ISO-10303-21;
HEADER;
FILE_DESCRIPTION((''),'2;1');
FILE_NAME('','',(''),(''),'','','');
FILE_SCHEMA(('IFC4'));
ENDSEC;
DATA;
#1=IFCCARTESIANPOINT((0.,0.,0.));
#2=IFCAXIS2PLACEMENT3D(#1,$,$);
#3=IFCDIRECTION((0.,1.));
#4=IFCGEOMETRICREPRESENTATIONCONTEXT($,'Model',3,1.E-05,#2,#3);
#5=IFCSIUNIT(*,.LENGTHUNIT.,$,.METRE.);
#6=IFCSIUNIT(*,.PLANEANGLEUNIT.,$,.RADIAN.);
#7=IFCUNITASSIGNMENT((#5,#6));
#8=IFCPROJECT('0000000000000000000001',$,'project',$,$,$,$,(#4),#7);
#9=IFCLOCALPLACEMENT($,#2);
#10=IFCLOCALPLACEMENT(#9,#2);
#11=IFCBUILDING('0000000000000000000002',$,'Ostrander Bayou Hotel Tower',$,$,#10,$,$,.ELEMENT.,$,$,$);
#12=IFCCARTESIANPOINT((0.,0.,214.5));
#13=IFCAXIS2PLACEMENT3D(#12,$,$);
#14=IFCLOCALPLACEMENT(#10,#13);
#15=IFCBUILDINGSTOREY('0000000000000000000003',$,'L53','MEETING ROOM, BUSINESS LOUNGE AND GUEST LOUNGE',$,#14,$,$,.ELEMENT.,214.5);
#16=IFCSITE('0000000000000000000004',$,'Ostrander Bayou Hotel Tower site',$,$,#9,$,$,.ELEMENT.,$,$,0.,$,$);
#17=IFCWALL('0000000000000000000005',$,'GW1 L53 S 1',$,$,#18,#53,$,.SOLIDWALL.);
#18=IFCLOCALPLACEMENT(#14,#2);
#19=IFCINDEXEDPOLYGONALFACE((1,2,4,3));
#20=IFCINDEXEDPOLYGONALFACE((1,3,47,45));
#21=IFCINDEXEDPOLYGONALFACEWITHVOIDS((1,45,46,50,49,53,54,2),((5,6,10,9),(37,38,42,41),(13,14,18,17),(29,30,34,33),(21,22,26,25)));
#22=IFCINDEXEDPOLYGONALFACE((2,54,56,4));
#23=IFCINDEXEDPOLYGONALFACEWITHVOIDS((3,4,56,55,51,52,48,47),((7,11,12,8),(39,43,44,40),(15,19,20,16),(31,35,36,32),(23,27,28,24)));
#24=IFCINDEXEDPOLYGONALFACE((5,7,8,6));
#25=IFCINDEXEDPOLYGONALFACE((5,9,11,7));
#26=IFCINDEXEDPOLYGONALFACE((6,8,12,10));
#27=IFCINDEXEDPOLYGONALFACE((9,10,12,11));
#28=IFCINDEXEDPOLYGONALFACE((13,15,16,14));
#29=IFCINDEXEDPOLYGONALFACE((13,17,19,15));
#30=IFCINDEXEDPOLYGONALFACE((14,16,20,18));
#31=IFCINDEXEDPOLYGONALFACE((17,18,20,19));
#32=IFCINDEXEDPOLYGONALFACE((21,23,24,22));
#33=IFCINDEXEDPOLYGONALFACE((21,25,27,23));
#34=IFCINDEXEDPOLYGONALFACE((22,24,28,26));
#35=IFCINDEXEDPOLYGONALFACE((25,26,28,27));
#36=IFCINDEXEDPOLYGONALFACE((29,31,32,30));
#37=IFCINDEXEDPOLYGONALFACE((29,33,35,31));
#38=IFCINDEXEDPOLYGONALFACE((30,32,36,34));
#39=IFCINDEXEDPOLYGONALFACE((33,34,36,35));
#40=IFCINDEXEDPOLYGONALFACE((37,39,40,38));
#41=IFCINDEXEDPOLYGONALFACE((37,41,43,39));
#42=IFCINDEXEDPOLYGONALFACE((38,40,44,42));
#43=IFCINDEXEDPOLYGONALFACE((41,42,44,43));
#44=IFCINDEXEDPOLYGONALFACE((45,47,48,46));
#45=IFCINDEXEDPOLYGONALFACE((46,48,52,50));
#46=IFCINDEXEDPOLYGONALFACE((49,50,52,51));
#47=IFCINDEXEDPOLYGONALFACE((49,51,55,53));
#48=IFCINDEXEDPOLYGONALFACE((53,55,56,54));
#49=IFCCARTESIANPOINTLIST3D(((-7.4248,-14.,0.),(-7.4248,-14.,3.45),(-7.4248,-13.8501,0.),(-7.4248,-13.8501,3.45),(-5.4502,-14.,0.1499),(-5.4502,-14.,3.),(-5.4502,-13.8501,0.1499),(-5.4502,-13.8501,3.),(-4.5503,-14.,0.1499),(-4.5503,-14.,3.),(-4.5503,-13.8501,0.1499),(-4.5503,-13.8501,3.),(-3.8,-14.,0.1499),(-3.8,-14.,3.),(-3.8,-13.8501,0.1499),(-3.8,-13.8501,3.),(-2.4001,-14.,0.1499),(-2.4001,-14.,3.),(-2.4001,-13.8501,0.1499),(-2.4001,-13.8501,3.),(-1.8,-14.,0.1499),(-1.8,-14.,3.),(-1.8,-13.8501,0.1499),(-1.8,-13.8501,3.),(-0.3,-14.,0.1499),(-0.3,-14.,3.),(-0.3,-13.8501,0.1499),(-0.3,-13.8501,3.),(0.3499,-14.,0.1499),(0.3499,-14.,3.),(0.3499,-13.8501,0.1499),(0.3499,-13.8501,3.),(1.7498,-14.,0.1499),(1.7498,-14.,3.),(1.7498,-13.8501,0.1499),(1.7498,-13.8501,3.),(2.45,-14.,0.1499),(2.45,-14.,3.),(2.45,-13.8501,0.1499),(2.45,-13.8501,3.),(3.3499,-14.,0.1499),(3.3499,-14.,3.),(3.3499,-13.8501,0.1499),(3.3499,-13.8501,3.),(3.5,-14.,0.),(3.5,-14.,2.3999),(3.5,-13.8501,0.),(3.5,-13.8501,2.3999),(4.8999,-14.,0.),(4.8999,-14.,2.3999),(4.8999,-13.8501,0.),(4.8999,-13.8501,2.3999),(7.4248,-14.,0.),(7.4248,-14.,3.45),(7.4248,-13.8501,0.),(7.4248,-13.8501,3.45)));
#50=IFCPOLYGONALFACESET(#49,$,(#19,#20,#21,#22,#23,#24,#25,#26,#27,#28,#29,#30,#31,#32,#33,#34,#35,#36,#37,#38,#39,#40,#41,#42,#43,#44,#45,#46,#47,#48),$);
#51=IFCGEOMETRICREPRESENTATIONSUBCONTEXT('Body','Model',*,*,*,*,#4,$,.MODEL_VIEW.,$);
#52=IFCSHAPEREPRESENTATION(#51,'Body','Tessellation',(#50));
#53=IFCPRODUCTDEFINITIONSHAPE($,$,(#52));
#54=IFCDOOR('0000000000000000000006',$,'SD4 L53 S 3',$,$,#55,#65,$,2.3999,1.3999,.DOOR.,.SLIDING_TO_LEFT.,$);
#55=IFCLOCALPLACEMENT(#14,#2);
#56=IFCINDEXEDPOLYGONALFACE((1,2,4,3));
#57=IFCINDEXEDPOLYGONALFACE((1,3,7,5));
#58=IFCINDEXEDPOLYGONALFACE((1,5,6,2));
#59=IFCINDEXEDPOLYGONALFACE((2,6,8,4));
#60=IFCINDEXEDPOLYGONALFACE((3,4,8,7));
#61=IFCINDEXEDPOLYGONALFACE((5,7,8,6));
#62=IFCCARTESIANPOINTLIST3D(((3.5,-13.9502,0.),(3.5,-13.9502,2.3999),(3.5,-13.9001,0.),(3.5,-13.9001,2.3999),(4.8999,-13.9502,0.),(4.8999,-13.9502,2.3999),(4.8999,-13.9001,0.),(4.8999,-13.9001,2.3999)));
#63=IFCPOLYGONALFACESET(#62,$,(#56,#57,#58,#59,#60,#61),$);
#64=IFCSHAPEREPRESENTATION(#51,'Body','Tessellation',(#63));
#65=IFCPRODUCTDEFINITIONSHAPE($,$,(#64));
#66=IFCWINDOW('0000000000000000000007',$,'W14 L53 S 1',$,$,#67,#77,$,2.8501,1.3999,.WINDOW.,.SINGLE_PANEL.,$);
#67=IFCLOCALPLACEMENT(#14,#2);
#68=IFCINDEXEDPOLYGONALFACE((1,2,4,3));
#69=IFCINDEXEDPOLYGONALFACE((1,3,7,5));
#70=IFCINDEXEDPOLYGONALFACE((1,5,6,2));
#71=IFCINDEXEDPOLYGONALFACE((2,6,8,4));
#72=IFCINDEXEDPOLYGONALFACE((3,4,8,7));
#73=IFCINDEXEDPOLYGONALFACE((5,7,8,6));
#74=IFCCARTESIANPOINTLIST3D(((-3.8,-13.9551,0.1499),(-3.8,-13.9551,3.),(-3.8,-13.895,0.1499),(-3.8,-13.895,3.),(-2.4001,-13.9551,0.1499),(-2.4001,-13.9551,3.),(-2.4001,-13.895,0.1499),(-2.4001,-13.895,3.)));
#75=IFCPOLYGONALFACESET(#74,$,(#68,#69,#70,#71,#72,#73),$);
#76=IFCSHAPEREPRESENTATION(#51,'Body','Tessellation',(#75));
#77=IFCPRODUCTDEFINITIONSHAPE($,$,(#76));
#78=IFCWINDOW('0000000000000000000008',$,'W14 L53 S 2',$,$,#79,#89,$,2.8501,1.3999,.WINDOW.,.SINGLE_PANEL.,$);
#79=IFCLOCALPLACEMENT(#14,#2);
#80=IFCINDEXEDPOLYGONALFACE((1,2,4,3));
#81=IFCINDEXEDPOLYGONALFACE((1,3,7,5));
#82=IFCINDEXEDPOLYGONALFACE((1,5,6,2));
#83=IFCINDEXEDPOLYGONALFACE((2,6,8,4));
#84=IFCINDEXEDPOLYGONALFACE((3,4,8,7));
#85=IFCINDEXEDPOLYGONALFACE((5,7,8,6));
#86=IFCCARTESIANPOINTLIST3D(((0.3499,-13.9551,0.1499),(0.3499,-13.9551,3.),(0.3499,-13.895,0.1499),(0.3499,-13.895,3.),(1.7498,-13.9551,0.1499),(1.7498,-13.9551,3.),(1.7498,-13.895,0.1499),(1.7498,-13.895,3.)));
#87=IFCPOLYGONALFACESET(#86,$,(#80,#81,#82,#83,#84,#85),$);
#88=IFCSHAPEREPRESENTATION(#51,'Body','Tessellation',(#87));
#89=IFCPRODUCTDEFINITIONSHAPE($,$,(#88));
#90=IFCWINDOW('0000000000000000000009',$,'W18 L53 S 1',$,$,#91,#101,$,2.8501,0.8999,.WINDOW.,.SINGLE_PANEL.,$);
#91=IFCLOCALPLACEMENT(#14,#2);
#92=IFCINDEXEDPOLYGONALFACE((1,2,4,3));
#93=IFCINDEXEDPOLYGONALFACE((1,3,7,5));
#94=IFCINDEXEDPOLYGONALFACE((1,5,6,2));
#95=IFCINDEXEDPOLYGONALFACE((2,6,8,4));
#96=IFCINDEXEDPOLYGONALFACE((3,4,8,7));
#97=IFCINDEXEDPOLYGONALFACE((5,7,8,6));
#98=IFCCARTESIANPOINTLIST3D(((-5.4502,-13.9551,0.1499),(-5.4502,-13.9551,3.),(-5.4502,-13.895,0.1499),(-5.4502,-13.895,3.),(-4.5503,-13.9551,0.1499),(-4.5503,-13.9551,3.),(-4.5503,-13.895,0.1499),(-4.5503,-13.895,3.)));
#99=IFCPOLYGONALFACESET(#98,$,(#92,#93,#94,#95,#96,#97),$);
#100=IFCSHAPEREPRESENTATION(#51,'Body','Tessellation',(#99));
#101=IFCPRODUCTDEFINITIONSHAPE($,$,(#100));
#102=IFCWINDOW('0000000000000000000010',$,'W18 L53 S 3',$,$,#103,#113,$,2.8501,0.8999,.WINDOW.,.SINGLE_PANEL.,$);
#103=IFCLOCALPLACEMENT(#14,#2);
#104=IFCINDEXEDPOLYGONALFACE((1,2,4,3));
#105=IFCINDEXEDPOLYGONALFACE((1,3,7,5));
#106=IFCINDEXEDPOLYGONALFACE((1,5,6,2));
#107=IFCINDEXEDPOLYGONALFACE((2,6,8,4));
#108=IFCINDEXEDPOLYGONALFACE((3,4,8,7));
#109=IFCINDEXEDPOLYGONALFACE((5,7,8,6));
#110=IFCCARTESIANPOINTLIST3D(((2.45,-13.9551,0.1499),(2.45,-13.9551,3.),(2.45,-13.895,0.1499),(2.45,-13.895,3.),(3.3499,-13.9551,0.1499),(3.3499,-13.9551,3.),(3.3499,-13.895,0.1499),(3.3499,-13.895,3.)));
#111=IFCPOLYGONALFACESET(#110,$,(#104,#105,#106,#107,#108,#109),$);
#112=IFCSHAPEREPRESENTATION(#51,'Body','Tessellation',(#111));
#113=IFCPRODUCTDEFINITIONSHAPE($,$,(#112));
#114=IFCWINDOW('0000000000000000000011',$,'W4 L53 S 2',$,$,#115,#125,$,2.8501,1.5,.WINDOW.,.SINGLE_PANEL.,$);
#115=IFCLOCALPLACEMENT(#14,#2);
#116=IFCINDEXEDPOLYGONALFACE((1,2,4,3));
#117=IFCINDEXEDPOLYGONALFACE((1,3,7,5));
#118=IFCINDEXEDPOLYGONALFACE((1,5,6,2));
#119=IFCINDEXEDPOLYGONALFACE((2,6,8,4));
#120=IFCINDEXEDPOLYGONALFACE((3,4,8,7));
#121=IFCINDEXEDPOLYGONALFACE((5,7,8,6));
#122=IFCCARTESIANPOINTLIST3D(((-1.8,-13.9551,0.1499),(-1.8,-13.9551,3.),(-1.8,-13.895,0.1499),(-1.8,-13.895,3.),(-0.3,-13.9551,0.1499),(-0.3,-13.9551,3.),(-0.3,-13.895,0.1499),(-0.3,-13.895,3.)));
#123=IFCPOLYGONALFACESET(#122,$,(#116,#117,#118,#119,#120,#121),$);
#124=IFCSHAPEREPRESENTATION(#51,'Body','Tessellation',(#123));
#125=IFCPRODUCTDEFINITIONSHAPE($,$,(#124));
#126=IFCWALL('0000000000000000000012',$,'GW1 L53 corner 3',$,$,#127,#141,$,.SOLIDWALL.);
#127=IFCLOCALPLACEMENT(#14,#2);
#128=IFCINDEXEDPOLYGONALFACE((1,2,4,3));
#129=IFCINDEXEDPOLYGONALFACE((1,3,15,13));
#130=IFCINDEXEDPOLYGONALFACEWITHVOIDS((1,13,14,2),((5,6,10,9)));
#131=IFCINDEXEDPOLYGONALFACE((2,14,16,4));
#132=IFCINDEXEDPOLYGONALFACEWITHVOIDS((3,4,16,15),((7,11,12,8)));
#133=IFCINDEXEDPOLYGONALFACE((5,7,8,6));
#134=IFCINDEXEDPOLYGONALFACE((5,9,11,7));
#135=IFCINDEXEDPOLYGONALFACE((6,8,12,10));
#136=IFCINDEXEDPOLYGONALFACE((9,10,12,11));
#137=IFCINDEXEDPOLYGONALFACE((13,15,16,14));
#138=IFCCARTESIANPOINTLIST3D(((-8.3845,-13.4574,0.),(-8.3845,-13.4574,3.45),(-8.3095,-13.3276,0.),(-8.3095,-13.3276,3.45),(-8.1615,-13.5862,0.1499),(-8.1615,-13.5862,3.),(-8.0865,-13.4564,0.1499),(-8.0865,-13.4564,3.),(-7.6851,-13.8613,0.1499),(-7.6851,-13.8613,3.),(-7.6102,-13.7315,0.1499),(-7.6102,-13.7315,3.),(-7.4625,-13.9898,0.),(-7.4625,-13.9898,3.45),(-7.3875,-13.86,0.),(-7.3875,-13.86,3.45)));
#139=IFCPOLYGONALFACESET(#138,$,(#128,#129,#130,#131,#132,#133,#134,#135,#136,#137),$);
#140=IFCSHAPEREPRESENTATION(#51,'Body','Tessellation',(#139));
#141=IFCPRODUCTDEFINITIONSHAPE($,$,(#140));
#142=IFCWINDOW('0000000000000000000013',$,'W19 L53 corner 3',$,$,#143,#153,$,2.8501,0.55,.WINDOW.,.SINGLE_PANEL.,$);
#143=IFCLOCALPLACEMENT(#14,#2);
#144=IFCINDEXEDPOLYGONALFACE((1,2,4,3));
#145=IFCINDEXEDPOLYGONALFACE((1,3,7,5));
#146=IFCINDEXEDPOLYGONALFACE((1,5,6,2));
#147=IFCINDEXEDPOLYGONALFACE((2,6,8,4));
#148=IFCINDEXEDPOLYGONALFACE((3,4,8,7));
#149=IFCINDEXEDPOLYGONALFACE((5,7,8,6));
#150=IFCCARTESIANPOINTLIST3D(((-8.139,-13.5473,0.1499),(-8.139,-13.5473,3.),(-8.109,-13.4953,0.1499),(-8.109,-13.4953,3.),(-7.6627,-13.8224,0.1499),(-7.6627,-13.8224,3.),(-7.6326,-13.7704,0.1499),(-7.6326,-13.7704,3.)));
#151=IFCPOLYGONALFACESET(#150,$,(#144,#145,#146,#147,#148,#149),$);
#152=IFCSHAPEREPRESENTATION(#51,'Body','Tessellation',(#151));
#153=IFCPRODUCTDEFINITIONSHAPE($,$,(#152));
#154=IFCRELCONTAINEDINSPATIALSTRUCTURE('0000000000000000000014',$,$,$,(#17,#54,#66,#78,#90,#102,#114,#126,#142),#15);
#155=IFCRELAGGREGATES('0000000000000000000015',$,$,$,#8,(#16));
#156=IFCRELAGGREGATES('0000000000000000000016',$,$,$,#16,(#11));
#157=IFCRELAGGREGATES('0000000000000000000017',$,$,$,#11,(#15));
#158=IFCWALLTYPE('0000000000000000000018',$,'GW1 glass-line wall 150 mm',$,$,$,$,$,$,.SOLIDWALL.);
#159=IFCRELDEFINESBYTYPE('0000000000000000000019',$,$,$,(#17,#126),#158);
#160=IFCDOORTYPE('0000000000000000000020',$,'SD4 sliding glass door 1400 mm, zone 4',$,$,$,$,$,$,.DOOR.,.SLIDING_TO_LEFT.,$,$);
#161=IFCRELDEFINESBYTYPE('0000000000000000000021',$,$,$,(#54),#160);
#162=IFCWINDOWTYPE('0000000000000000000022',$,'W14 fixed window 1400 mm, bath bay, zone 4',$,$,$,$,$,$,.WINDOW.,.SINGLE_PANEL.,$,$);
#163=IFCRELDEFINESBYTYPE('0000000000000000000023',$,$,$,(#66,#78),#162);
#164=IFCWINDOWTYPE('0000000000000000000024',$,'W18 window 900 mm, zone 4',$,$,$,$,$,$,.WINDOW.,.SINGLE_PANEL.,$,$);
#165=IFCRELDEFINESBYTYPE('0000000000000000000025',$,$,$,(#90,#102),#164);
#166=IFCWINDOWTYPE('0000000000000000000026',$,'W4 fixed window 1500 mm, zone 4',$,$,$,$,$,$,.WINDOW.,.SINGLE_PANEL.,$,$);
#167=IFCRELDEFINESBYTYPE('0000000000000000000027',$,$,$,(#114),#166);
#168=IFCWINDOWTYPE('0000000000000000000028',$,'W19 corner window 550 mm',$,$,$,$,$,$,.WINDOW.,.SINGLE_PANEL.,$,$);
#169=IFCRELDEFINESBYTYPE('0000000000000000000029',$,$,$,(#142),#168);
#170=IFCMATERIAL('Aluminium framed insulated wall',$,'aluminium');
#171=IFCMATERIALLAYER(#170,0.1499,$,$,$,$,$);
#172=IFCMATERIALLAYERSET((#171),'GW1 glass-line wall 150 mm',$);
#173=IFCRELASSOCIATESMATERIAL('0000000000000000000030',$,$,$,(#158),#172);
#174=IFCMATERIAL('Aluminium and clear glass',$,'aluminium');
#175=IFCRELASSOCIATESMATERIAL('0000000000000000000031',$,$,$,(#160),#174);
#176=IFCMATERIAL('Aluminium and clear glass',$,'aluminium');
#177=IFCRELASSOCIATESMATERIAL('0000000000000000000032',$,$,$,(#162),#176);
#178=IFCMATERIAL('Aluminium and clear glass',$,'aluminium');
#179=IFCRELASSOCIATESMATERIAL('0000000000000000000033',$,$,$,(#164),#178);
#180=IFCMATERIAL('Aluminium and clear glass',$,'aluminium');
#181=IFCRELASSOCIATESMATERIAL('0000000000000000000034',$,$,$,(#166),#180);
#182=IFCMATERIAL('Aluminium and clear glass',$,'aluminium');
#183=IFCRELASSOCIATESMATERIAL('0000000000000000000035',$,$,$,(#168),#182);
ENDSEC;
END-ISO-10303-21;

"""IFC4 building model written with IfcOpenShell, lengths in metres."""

from ifc_helpers import new_model, si_unit, direction, frame, frame_2d, origin, place, context, subcontext, project, spatial, rectangle, extrude, material, layer, layer_set, type_object, element, fill, save


model = new_model("IFC4")

# Units and contexts
model_context = context("Model", 3, precision=1e-05, world=origin(), true_north=direction((0.0, 1.0)))
body_context = subcontext(model_context, "Body", "Model", "MODEL_VIEW")
ifc_project = project(units=[si_unit("LENGTHUNIT", "METRE"), si_unit("PLANEANGLEUNIT", "RADIAN")], contexts=[model_context])

# Site, building, storey
site_placement = place(None, origin())
site = spatial("IfcSite", under=ifc_project, at=site_placement, Name="Ostrander Bayou Hotel Tower site", CompositionType="ELEMENT", RefElevation=0.0)
building_placement = place(site_placement, origin())
building = spatial("IfcBuilding", under=site, at=building_placement, Name="Ostrander Bayou Hotel Tower", CompositionType="ELEMENT")
storey_placement = place(building_placement, frame((0.0, 0.0, 214.5)))
storey = spatial("IfcBuildingStorey", under=building, at=storey_placement, Name="L53", Description="MEETING ROOM, BUSINESS LOUNGE AND GUEST LOUNGE", CompositionType="ELEMENT", Elevation=214.5)

# Wall, openings, door, windows
ifc_material_1 = material(Name="Aluminium framed insulated wall", Category="aluminium")
ifc_layer_1 = layer(ifc_material_1, 0.1499)
ifc_layer_set_1 = layer_set([ifc_layer_1], Name="GW1 glass-line wall 150 mm")
wall_type_1 = type_object("IfcWallType", Name="GW1 glass-line wall 150 mm", PredefinedType="SOLIDWALL", material=ifc_layer_set_1)
wall_1_placement = place(storey_placement, frame((-7.4248, -13.925, 0.0), z_axis=(0.0, 0.0, 1.0), x_axis=(1.0, 0.0, 0.0)))
wall_1 = element("IfcWall", 1, at=wall_1_placement, inside=storey, type_object=wall_type_1, Name="GW1 L53 S 1", PredefinedType="SOLIDWALL", context=body_context, shape_type="SweptSolid", body=[
    extrude(rectangle(XDim=14.8496, YDim=0.1499, at=frame_2d((7.4248, 0.0))), origin(), (0.0, 0.0, 1.0), 3.45),
])
opening_1_placement = place(wall_1_placement, frame((1.9746, 0.0, 0.1499)))
opening_1 = element("IfcOpeningElement", 2, at=opening_1_placement, cuts=wall_1, PredefinedType="OPENING", context=body_context, shape_type="SweptSolid", body=[
    extrude(rectangle(XDim=0.8999, YDim=2.8501, at=frame_2d((0.45, 1.425))), frame((0.0, 0.075, 0.0), z_axis=(0.0, -1.0, 0.0), x_axis=(1.0, 0.0, 0.0)), (0.0, 0.0, 1.0), 0.1499),
])
opening_2_placement = place(wall_1_placement, frame((3.6248, 0.0, 0.1499)))
opening_2 = element("IfcOpeningElement", 3, at=opening_2_placement, cuts=wall_1, PredefinedType="OPENING", context=body_context, shape_type="SweptSolid", body=[
    extrude(rectangle(XDim=1.3999, YDim=2.8501, at=frame_2d((0.7, 1.425))), frame((0.0, 0.075, 0.0), z_axis=(0.0, -1.0, 0.0), x_axis=(1.0, 0.0, 0.0)), (0.0, 0.0, 1.0), 0.1499),
])
opening_3_placement = place(wall_1_placement, frame((5.6248, 0.0, 0.1499)))
opening_3 = element("IfcOpeningElement", 4, at=opening_3_placement, cuts=wall_1, PredefinedType="OPENING", context=body_context, shape_type="SweptSolid", body=[
    extrude(rectangle(XDim=1.5, YDim=2.8501, at=frame_2d((0.75, 1.425))), frame((0.0, 0.075, 0.0), z_axis=(0.0, -1.0, 0.0), x_axis=(1.0, 0.0, 0.0)), (0.0, 0.0, 1.0), 0.1499),
])
opening_4_placement = place(wall_1_placement, frame((7.7747, 0.0, 0.1499)))
opening_4 = element("IfcOpeningElement", 5, at=opening_4_placement, cuts=wall_1, PredefinedType="OPENING", context=body_context, shape_type="SweptSolid", body=[
    extrude(rectangle(XDim=1.3999, YDim=2.8501, at=frame_2d((0.7, 1.425))), frame((0.0, 0.075, 0.0), z_axis=(0.0, -1.0, 0.0), x_axis=(1.0, 0.0, 0.0)), (0.0, 0.0, 1.0), 0.1499),
])
opening_5_placement = place(wall_1_placement, frame((9.8748, 0.0, 0.1499)))
opening_5 = element("IfcOpeningElement", 6, at=opening_5_placement, cuts=wall_1, PredefinedType="OPENING", context=body_context, shape_type="SweptSolid", body=[
    extrude(rectangle(XDim=0.8999, YDim=2.8501, at=frame_2d((0.45, 1.425))), frame((0.0, 0.075, 0.0), z_axis=(0.0, -1.0, 0.0), x_axis=(1.0, 0.0, 0.0)), (0.0, 0.0, 1.0), 0.1499),
])
opening_6_placement = place(wall_1_placement, frame((10.9248, 0.0, 0.0)))
opening_6 = element("IfcOpeningElement", 7, at=opening_6_placement, cuts=wall_1, PredefinedType="OPENING", context=body_context, shape_type="SweptSolid", body=[
    extrude(rectangle(XDim=1.3999, YDim=2.3999, at=frame_2d((0.7, 1.2))), frame((0.0, 0.075, 0.0), z_axis=(0.0, -1.0, 0.0), x_axis=(1.0, 0.0, 0.0)), (0.0, 0.0, 1.0), 0.1499),
])
ifc_material_2 = material(Name="Aluminium and clear glass", Category="aluminium")
door_type = type_object("IfcDoorType", Name="SD4 sliding glass door 1400 mm, zone 4", OperationType="SLIDING_TO_LEFT", PredefinedType="DOOR", material=ifc_material_2)
door_placement = place(opening_6_placement, origin())
door = element("IfcDoor", 8, at=door_placement, inside=storey, type_object=door_type, Name="SD4 L53 S 3", OperationType="SLIDING_TO_LEFT", OverallHeight=2.3999, OverallWidth=1.3999, PredefinedType="DOOR", context=body_context, shape_type="SweptSolid", body=[
    extrude(rectangle(XDim=1.3999, YDim=2.3999, at=frame_2d((0.7, 1.2))), frame((0.0, 0.0249, 0.0), z_axis=(0.0, -1.0, 0.0), x_axis=(1.0, 0.0, 0.0)), (0.0, 0.0, 1.0), 0.05),
])
fill(opening_6, door)
ifc_material_3 = material(Name="Aluminium and clear glass", Category="aluminium")
window_type_1 = type_object("IfcWindowType", Name="W14 fixed window 1400 mm, bath bay, zone 4", PartitioningType="SINGLE_PANEL", PredefinedType="WINDOW", material=ifc_material_3)
window_1_placement = place(opening_2_placement, origin())
window_1 = element("IfcWindow", 9, at=window_1_placement, inside=storey, type_object=window_type_1, Name="W14 L53 S 1", OverallHeight=2.8501, OverallWidth=1.3999, PartitioningType="SINGLE_PANEL", PredefinedType="WINDOW", context=body_context, shape_type="SweptSolid", body=[
    extrude(rectangle(XDim=1.3999, YDim=2.8501, at=frame_2d((0.7, 1.425))), frame((0.0, 0.03, 0.0), z_axis=(0.0, -1.0, 0.0), x_axis=(1.0, 0.0, 0.0)), (0.0, 0.0, 1.0), 0.0601),
])
fill(opening_2, window_1)
window_2_placement = place(opening_4_placement, origin())
window_2 = element("IfcWindow", 10, at=window_2_placement, inside=storey, type_object=window_type_1, Name="W14 L53 S 2", OverallHeight=2.8501, OverallWidth=1.3999, PartitioningType="SINGLE_PANEL", PredefinedType="WINDOW", context=body_context, shape_type="SweptSolid", body=[
    extrude(rectangle(XDim=1.3999, YDim=2.8501, at=frame_2d((0.7, 1.425))), frame((0.0, 0.03, 0.0), z_axis=(0.0, -1.0, 0.0), x_axis=(1.0, 0.0, 0.0)), (0.0, 0.0, 1.0), 0.0601),
])
fill(opening_4, window_2)
ifc_material_4 = material(Name="Aluminium and clear glass", Category="aluminium")
window_type_2 = type_object("IfcWindowType", Name="W18 window 900 mm, zone 4", PartitioningType="SINGLE_PANEL", PredefinedType="WINDOW", material=ifc_material_4)
window_3_placement = place(opening_1_placement, origin())
window_3 = element("IfcWindow", 11, at=window_3_placement, inside=storey, type_object=window_type_2, Name="W18 L53 S 1", OverallHeight=2.8501, OverallWidth=0.8999, PartitioningType="SINGLE_PANEL", PredefinedType="WINDOW", context=body_context, shape_type="SweptSolid", body=[
    extrude(rectangle(XDim=0.8999, YDim=2.8501, at=frame_2d((0.45, 1.425))), frame((0.0, 0.03, 0.0), z_axis=(0.0, -1.0, 0.0), x_axis=(1.0, 0.0, 0.0)), (0.0, 0.0, 1.0), 0.0601),
])
fill(opening_1, window_3)
window_4_placement = place(opening_5_placement, origin())
window_4 = element("IfcWindow", 12, at=window_4_placement, inside=storey, type_object=window_type_2, Name="W18 L53 S 3", OverallHeight=2.8501, OverallWidth=0.8999, PartitioningType="SINGLE_PANEL", PredefinedType="WINDOW", context=body_context, shape_type="SweptSolid", body=[
    extrude(rectangle(XDim=0.8999, YDim=2.8501, at=frame_2d((0.45, 1.425))), frame((0.0, 0.03, 0.0), z_axis=(0.0, -1.0, 0.0), x_axis=(1.0, 0.0, 0.0)), (0.0, 0.0, 1.0), 0.0601),
])
fill(opening_5, window_4)
ifc_material_5 = material(Name="Aluminium and clear glass", Category="aluminium")
window_type_3 = type_object("IfcWindowType", Name="W4 fixed window 1500 mm, zone 4", PartitioningType="SINGLE_PANEL", PredefinedType="WINDOW", material=ifc_material_5)
window_5_placement = place(opening_3_placement, origin())
window_5 = element("IfcWindow", 13, at=window_5_placement, inside=storey, type_object=window_type_3, Name="W4 L53 S 2", OverallHeight=2.8501, OverallWidth=1.5, PartitioningType="SINGLE_PANEL", PredefinedType="WINDOW", context=body_context, shape_type="SweptSolid", body=[
    extrude(rectangle(XDim=1.5, YDim=2.8501, at=frame_2d((0.75, 1.425))), frame((0.0, 0.03, 0.0), z_axis=(0.0, -1.0, 0.0), x_axis=(1.0, 0.0, 0.0)), (0.0, 0.0, 1.0), 0.0601),
])
fill(opening_3, window_5)

# Wall, opening, window
wall_2_placement = place(storey_placement, frame((-8.3469, -13.3926, 0.0), z_axis=(0.0, 0.0, 1.0), x_axis=(0.865991, -0.50006, 0.0)))
wall_2 = element("IfcWall", 14, at=wall_2_placement, inside=storey, type_object=wall_type_1, Name="GW1 L53 corner 3", PredefinedType="SOLIDWALL", context=body_context, shape_type="SweptSolid", body=[
    extrude(rectangle(XDim=1.0647, YDim=0.1499, at=frame_2d((0.5322, 0.0))), origin(), (0.0, 0.0, 1.0), 3.45),
])
opening_7_placement = place(wall_2_placement, frame((0.2576, 0.0, 0.1499)))
opening_7 = element("IfcOpeningElement", 15, at=opening_7_placement, cuts=wall_2, PredefinedType="OPENING", context=body_context, shape_type="SweptSolid", body=[
    extrude(rectangle(XDim=0.55, YDim=2.8501, at=frame_2d((0.2749, 1.425))), frame((0.0, 0.075, 0.0), z_axis=(0.0, -1.0, 0.0), x_axis=(1.0, 0.0, 0.0)), (0.0, 0.0, 1.0), 0.1499),
])
ifc_material_6 = material(Name="Aluminium and clear glass", Category="aluminium")
window_type_4 = type_object("IfcWindowType", Name="W19 corner window 550 mm", PartitioningType="SINGLE_PANEL", PredefinedType="WINDOW", material=ifc_material_6)
window_6_placement = place(opening_7_placement, origin())
window_6 = element("IfcWindow", 16, at=window_6_placement, inside=storey, type_object=window_type_4, Name="W19 L53 corner 3", OverallHeight=2.8501, OverallWidth=0.55, PartitioningType="SINGLE_PANEL", PredefinedType="WINDOW", context=body_context, shape_type="SweptSolid", body=[
    extrude(rectangle(XDim=0.55, YDim=2.8501, at=frame_2d((0.2749, 1.425))), frame((0.0, 0.03, 0.0), z_axis=(0.0, -1.0, 0.0), x_axis=(1.0, 0.0, 0.0)), (0.0, 0.0, 1.0), 0.0601),
])
fill(opening_7, window_6)

save(model, "model.ifc")
